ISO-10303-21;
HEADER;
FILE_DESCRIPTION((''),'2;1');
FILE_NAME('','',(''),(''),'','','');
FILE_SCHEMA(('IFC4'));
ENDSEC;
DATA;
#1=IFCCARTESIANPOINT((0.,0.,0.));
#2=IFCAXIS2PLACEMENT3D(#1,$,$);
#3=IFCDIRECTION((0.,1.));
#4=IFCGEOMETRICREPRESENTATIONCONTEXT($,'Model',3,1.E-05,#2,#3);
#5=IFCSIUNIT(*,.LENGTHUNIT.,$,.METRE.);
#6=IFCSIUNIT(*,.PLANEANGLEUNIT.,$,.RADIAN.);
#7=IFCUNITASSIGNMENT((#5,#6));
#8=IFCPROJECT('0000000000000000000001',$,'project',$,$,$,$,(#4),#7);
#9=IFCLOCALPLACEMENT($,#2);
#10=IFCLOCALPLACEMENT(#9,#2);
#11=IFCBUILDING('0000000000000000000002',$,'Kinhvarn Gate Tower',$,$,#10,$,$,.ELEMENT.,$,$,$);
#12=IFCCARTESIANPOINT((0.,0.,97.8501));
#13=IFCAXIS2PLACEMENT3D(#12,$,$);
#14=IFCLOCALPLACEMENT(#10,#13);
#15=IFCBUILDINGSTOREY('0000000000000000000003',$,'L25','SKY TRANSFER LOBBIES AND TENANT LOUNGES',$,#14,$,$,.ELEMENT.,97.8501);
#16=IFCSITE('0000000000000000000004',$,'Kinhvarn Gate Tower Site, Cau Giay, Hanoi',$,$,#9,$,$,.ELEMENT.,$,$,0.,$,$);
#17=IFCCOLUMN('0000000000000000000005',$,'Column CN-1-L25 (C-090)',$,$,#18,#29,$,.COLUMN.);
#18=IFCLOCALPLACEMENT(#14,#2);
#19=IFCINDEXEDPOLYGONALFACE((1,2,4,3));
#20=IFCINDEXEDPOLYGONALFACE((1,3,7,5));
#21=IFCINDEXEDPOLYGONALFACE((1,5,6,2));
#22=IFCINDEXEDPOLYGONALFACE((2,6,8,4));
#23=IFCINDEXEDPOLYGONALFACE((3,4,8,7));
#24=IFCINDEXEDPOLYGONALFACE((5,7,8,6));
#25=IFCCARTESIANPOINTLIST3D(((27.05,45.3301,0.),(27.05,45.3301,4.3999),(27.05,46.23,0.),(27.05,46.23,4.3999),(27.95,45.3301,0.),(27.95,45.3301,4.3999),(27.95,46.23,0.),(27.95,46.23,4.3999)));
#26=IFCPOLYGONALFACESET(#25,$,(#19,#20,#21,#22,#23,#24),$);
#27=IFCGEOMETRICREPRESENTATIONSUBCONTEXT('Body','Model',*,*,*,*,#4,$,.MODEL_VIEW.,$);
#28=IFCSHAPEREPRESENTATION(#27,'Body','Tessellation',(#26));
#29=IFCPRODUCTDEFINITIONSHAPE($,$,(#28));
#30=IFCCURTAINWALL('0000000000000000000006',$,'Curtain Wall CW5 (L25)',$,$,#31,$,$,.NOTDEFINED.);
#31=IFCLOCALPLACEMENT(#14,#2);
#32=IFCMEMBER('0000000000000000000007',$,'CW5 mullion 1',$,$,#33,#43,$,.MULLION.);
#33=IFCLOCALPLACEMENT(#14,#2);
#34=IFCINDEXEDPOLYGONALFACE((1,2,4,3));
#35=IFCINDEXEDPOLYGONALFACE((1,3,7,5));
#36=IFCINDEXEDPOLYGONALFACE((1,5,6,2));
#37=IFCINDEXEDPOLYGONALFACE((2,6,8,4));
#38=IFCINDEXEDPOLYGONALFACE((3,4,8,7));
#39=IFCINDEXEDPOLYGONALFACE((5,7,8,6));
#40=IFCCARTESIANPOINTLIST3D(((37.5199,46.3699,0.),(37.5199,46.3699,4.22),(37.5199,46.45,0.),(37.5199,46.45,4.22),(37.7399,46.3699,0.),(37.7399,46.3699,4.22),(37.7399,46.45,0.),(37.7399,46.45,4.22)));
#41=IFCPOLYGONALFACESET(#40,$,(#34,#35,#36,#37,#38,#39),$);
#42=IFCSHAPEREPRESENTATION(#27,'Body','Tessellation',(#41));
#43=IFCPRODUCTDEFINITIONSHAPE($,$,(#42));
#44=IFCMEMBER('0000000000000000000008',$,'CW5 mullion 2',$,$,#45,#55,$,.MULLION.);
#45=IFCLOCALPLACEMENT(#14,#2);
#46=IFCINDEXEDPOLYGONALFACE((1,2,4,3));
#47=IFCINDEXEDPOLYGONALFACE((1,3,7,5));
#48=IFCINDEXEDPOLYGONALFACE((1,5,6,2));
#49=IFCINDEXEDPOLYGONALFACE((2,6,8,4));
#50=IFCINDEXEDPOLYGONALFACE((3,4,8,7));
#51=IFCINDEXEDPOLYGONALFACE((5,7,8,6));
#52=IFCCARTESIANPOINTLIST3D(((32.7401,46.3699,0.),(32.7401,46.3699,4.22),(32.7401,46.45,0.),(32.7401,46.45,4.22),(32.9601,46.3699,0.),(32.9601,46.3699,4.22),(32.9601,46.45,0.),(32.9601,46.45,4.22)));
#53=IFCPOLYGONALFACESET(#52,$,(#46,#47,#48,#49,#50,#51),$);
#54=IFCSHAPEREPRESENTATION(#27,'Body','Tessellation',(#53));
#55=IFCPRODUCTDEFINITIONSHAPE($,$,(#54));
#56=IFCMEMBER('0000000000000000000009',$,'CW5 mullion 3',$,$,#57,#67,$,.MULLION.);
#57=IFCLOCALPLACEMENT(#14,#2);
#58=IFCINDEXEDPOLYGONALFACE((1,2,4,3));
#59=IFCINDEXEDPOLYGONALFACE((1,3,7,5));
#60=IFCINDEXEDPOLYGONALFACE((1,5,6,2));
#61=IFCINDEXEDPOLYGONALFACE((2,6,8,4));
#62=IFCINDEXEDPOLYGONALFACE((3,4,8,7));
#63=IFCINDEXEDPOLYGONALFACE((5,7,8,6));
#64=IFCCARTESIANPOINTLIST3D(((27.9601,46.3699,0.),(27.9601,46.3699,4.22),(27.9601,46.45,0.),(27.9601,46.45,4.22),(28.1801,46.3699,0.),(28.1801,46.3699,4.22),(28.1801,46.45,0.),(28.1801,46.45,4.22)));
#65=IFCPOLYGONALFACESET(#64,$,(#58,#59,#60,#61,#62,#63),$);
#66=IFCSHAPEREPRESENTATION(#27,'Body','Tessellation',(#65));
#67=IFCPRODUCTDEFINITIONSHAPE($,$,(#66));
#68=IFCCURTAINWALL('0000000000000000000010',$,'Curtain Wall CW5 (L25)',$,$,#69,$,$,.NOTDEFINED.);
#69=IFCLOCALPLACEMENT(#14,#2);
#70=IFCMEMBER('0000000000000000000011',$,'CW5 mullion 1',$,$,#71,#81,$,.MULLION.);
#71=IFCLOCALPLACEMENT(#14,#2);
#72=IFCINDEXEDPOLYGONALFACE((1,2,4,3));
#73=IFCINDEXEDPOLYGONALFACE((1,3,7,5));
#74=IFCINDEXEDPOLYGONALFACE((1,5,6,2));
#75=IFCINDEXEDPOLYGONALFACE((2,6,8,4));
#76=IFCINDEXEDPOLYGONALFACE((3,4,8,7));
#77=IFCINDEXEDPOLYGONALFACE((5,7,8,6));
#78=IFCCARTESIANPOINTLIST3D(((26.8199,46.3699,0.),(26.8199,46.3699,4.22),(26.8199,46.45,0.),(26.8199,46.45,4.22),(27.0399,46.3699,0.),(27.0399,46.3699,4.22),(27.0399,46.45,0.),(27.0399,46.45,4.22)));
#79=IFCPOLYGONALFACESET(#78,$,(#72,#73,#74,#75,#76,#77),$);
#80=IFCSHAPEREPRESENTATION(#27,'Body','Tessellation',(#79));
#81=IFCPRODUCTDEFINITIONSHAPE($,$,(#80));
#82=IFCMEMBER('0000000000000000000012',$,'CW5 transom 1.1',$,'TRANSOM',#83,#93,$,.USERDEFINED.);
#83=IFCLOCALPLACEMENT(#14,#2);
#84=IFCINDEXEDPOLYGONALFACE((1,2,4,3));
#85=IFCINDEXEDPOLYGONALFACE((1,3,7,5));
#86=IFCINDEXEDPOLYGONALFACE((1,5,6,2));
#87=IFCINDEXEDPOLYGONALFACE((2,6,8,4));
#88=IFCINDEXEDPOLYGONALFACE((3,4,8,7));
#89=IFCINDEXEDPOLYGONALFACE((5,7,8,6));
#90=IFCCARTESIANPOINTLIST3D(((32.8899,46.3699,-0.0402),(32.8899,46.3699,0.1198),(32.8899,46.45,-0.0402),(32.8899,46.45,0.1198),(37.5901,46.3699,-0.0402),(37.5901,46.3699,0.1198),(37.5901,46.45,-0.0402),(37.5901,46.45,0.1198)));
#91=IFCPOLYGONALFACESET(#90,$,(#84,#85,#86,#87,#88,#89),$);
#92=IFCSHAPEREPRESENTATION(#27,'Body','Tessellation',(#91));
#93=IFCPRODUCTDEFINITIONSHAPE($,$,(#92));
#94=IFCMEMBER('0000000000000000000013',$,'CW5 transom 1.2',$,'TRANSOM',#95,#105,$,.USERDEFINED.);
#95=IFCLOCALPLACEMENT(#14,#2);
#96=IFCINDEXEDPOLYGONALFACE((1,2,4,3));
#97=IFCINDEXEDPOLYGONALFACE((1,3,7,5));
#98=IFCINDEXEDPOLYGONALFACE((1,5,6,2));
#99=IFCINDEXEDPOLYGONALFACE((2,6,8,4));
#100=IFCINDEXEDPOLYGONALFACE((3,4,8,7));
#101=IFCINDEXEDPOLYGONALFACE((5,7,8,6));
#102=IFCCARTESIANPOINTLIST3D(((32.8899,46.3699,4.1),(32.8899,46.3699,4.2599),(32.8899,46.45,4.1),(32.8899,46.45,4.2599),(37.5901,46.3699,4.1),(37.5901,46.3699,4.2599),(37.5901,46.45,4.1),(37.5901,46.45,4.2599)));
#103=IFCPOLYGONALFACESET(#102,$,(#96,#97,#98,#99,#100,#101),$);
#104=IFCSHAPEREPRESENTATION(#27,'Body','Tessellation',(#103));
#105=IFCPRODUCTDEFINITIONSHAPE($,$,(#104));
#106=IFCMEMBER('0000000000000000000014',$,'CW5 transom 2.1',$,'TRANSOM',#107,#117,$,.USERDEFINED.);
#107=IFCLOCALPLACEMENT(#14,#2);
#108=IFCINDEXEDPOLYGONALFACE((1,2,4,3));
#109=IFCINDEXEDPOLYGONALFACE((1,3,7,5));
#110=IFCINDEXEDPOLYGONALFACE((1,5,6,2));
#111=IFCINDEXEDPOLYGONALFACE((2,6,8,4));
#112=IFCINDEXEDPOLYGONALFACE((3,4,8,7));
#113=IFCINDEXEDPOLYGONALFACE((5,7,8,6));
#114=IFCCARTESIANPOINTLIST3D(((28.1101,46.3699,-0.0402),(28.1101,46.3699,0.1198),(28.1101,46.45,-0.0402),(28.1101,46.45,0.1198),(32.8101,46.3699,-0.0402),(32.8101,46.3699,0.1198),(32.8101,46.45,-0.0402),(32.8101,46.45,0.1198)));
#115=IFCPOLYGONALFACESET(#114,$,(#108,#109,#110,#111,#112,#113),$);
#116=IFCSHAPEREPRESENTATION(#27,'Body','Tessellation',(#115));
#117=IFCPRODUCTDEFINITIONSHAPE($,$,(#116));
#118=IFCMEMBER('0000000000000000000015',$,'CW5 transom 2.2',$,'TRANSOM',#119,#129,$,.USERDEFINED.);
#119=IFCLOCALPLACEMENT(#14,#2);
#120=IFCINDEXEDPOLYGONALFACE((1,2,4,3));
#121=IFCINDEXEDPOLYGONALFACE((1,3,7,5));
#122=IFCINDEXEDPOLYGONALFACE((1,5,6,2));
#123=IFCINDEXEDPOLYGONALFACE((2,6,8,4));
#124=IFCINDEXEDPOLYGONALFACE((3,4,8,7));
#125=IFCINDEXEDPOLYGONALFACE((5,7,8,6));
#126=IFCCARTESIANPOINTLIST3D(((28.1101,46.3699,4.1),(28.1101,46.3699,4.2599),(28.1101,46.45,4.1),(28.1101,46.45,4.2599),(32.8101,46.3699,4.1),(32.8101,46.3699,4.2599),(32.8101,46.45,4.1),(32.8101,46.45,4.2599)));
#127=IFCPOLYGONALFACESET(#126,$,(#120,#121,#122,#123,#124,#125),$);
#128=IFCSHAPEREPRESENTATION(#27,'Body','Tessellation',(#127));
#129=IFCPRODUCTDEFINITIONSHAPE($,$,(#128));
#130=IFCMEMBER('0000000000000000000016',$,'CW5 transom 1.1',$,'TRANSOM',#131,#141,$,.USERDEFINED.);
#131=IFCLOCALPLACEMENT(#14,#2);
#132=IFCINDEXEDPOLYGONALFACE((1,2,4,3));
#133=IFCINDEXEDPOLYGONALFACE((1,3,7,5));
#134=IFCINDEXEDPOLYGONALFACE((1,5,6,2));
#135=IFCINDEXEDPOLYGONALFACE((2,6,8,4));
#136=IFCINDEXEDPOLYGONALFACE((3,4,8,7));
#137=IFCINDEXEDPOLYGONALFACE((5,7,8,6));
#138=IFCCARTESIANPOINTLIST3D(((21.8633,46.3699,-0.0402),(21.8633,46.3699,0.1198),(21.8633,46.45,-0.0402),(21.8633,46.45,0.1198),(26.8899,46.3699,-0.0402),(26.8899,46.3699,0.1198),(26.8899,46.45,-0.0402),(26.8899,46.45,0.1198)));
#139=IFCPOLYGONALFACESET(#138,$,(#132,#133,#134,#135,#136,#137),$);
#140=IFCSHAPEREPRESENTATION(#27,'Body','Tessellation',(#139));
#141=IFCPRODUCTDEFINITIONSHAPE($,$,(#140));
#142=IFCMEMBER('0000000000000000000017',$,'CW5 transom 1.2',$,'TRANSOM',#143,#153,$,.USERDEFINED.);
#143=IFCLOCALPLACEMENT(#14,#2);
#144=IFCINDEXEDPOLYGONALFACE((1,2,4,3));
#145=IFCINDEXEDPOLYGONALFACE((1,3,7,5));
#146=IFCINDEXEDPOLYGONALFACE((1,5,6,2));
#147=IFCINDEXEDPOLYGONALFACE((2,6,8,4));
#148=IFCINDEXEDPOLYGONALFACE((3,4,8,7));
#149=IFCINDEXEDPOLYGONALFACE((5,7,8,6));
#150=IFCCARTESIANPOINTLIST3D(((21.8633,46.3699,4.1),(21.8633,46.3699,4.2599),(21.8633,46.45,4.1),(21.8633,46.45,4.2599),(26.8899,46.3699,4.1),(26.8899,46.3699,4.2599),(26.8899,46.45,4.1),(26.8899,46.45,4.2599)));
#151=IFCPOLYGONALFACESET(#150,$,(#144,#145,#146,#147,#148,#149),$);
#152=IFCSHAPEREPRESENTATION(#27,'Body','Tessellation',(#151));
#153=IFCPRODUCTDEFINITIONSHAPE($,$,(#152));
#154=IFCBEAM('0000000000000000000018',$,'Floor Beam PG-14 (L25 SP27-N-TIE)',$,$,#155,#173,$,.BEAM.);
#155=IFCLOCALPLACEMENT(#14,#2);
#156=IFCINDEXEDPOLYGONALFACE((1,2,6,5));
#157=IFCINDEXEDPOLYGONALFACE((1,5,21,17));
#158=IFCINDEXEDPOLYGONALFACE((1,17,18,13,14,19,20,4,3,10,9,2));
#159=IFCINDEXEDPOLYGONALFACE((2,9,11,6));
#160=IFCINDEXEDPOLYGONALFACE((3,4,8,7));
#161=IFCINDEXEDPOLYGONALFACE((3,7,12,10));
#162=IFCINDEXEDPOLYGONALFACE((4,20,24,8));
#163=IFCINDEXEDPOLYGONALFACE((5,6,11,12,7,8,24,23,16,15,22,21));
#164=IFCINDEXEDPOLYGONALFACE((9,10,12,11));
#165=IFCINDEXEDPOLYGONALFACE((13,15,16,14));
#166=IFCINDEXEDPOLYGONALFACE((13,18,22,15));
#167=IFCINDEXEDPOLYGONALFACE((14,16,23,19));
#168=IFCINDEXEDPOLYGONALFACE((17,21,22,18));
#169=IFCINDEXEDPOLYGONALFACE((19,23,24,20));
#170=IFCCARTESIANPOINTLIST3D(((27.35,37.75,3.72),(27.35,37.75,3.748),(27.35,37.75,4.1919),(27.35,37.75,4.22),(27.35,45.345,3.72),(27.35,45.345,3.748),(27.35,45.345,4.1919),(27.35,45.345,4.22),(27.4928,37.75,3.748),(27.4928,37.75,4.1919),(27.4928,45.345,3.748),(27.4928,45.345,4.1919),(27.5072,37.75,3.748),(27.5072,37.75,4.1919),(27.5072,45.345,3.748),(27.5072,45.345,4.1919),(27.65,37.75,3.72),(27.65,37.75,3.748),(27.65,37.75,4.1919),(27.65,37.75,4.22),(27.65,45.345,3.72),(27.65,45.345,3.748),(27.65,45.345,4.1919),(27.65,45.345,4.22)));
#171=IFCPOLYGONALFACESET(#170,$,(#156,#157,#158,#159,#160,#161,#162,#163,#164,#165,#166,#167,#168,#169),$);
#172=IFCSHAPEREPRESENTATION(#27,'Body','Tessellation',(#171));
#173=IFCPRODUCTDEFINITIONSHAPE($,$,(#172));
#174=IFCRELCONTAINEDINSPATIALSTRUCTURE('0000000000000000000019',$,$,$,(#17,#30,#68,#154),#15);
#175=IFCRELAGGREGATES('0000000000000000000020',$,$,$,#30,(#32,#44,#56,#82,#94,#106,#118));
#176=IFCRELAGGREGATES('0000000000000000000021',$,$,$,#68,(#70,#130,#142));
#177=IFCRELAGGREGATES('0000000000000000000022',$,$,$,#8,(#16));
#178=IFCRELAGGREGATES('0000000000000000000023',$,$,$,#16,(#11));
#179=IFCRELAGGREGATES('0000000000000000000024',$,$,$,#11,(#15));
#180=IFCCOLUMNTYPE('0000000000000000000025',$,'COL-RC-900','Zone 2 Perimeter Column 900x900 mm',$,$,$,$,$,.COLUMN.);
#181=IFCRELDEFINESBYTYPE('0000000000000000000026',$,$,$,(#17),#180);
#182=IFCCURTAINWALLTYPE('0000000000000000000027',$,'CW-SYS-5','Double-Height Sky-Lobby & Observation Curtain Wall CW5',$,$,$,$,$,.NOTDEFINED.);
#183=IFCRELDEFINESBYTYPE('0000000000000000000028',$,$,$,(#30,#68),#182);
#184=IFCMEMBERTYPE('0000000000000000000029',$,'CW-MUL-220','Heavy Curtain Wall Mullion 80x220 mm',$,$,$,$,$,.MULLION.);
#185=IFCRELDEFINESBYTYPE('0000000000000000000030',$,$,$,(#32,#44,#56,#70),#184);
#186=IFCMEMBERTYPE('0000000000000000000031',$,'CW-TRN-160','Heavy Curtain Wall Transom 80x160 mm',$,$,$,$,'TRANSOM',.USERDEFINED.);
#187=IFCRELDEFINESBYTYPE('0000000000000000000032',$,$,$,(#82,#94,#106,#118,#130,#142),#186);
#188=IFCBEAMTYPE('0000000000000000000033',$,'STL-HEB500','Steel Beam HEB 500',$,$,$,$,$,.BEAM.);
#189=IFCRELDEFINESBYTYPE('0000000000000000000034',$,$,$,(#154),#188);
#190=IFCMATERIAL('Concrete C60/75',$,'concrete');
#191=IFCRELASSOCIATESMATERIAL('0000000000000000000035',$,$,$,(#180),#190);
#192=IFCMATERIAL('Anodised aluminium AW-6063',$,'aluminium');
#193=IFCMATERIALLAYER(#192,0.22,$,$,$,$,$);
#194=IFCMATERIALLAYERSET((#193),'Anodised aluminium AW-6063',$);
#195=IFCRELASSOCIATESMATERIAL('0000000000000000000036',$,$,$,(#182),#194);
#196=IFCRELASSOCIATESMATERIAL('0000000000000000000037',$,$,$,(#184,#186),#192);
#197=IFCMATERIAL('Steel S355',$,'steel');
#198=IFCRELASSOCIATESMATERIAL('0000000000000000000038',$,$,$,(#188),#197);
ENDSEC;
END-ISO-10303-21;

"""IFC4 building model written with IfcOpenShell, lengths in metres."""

from ifc_helpers import new_model, si_unit, direction, frame, origin, origin_2d, place, context, subcontext, project, spatial, rectangle, i_section, extrude, material, layer, layer_set, material_profile, profile_set, type_object, element, aggregate, save


model = new_model("IFC4")

# Units and contexts
model_context = context("Model", 3, precision=1e-05, world=origin(), true_north=direction((0.0, 1.0)))
body_context = subcontext(model_context, "Body", "Model", "MODEL_VIEW")
ifc_project = project(units=[si_unit("LENGTHUNIT", "METRE"), si_unit("PLANEANGLEUNIT", "RADIAN")], contexts=[model_context])

# Site, building, storey
site_placement = place(None, origin())
site = spatial("IfcSite", under=ifc_project, at=site_placement, Name="Kinhvarn Gate Tower Site, Cau Giay, Hanoi", CompositionType="ELEMENT", RefElevation=0.0)
building_placement = place(site_placement, origin())
building = spatial("IfcBuilding", under=site, at=building_placement, Name="Kinhvarn Gate Tower", CompositionType="ELEMENT")
storey_placement = place(building_placement, frame((0.0, 0.0, 97.8501)))
storey = spatial("IfcBuildingStorey", under=building, at=storey_placement, Name="L25", Description="SKY TRANSFER LOBBIES AND TENANT LOUNGES", CompositionType="ELEMENT", Elevation=97.8501)

# Column
ifc_material_1 = material(Name="Concrete C60/75", Category="concrete")
ifc_material_profile_1 = material_profile(ifc_material_1, rectangle(XDim=0.8999, YDim=0.8999, at=origin_2d()), Name="RC 900x900")
ifc_profile_set_1 = profile_set([ifc_material_profile_1], Name="Concrete C60/75")
column_type = type_object("IfcColumnType", Name="COL-RC-900", Description="Zone 2 Perimeter Column 900x900 mm", PredefinedType="COLUMN", material=ifc_profile_set_1)
column_placement = place(storey_placement, frame((27.5, 45.78, 0.0), z_axis=(0.0, 0.0, 1.0), x_axis=(1.0, 0.0, 0.0)))
element("IfcColumn", 1, at=column_placement, inside=storey, type_object=column_type, Name="Column CN-1-L25 (C-090)", PredefinedType="COLUMN", context=body_context, shape_type="SweptSolid", body=[
    extrude(rectangle(XDim=0.8999, YDim=0.8999, at=origin_2d()), origin(), (0.0, 0.0, 1.0), 4.3999),
])

# Curtain wall, members
ifc_material_2 = material(Name="Anodised aluminium AW-6063", Category="aluminium")
ifc_layer_1 = layer(ifc_material_2, 0.22)
ifc_layer_set_1 = layer_set([ifc_layer_1], Name="Anodised aluminium AW-6063")
curtain_wall_type = type_object("IfcCurtainWallType", Name="CW-SYS-5", Description="Double-Height Sky-Lobby & Observation Curtain Wall CW5", PredefinedType="NOTDEFINED", material=ifc_layer_set_1)
curtain_wall_1_placement = place(storey_placement, origin())
curtain_wall_1 = element("IfcCurtainWall", 2, at=curtain_wall_1_placement, inside=storey, type_object=curtain_wall_type, Name="Curtain Wall CW5 (L25)", PredefinedType="NOTDEFINED")
ifc_material_profile_2 = material_profile(ifc_material_2, rectangle(XDim=0.0801, YDim=0.22, at=origin_2d()), Name="ALU 80x220")
ifc_profile_set_2 = profile_set([ifc_material_profile_2], Name="Anodised aluminium AW-6063")
member_type_1 = type_object("IfcMemberType", Name="CW-MUL-220", Description="Heavy Curtain Wall Mullion 80x220 mm", PredefinedType="MULLION", material=ifc_profile_set_2)
member_1_placement = place(storey_placement, frame((37.6299, 46.4099, 0.0), z_axis=(0.0, 0.0, 1.0), x_axis=(0.0, -1.0, 0.0)))
member_1 = element("IfcMember", 3, at=member_1_placement, type_object=member_type_1, Name="CW5 mullion 1", PredefinedType="MULLION", context=body_context, shape_type="SweptSolid", body=[
    extrude(rectangle(XDim=0.0801, YDim=0.22, at=origin_2d()), origin(), (0.0, 0.0, 1.0), 4.22),
])
member_2_placement = place(storey_placement, frame((32.8501, 46.4099, 0.0), z_axis=(0.0, 0.0, 1.0), x_axis=(0.0, -1.0, 0.0)))
member_2 = element("IfcMember", 4, at=member_2_placement, type_object=member_type_1, Name="CW5 mullion 2", PredefinedType="MULLION", context=body_context, shape_type="SweptSolid", body=[
    extrude(rectangle(XDim=0.0801, YDim=0.22, at=origin_2d()), origin(), (0.0, 0.0, 1.0), 4.22),
])
member_3_placement = place(storey_placement, frame((28.0701, 46.4099, 0.0), z_axis=(0.0, 0.0, 1.0), x_axis=(0.0, -1.0, 0.0)))
member_3 = element("IfcMember", 5, at=member_3_placement, type_object=member_type_1, Name="CW5 mullion 3", PredefinedType="MULLION", context=body_context, shape_type="SweptSolid", body=[
    extrude(rectangle(XDim=0.0801, YDim=0.22, at=origin_2d()), origin(), (0.0, 0.0, 1.0), 4.22),
])

# Curtain wall, member
curtain_wall_2_placement = place(storey_placement, origin())
curtain_wall_2 = element("IfcCurtainWall", 6, at=curtain_wall_2_placement, inside=storey, type_object=curtain_wall_type, Name="Curtain Wall CW5 (L25)", PredefinedType="NOTDEFINED")
member_4_placement = place(storey_placement, frame((26.9299, 46.4099, 0.0), z_axis=(0.0, 0.0, 1.0), x_axis=(0.0, -1.0, 0.0)))
member_4 = element("IfcMember", 7, at=member_4_placement, type_object=member_type_1, Name="CW5 mullion 1", PredefinedType="MULLION", context=body_context, shape_type="SweptSolid", body=[
    extrude(rectangle(XDim=0.0801, YDim=0.22, at=origin_2d()), origin(), (0.0, 0.0, 1.0), 4.22),
])

# Members
ifc_material_profile_3 = material_profile(ifc_material_2, rectangle(XDim=0.0801, YDim=0.1599, at=origin_2d()), Name="ALU 80x160")
ifc_profile_set_3 = profile_set([ifc_material_profile_3], Name="Anodised aluminium AW-6063")
member_type_2 = type_object("IfcMemberType", Name="CW-TRN-160", Description="Heavy Curtain Wall Transom 80x160 mm", ElementType="TRANSOM", PredefinedType="USERDEFINED", material=ifc_profile_set_3)
member_5_placement = place(storey_placement, frame((37.5901, 46.4099, 0.0398), z_axis=(-1.0, 0.0, 0.0), x_axis=(0.0, -1.0, 0.0)))
member_5 = element("IfcMember", 8, at=member_5_placement, type_object=member_type_2, Name="CW5 transom 1.1", ObjectType="TRANSOM", PredefinedType="USERDEFINED", context=body_context, shape_type="SweptSolid", body=[
    extrude(rectangle(XDim=0.0801, YDim=0.1599, at=origin_2d()), origin(), (0.0, 0.0, 1.0), 4.7002),
])
member_6_placement = place(storey_placement, frame((37.5901, 46.4099, 4.1799), z_axis=(-1.0, 0.0, 0.0), x_axis=(0.0, -1.0, 0.0)))
member_6 = element("IfcMember", 9, at=member_6_placement, type_object=member_type_2, Name="CW5 transom 1.2", ObjectType="TRANSOM", PredefinedType="USERDEFINED", context=body_context, shape_type="SweptSolid", body=[
    extrude(rectangle(XDim=0.0801, YDim=0.1599, at=origin_2d()), origin(), (0.0, 0.0, 1.0), 4.7002),
])
member_7_placement = place(storey_placement, frame((32.8101, 46.4099, 0.0398), z_axis=(-1.0, 0.0, 0.0), x_axis=(0.0, -1.0, 0.0)))
member_7 = element("IfcMember", 10, at=member_7_placement, type_object=member_type_2, Name="CW5 transom 2.1", ObjectType="TRANSOM", PredefinedType="USERDEFINED", context=body_context, shape_type="SweptSolid", body=[
    extrude(rectangle(XDim=0.0801, YDim=0.1599, at=origin_2d()), origin(), (0.0, 0.0, 1.0), 4.7),
])
member_8_placement = place(storey_placement, frame((32.8101, 46.4099, 4.1799), z_axis=(-1.0, 0.0, 0.0), x_axis=(0.0, -1.0, 0.0)))
member_8 = element("IfcMember", 11, at=member_8_placement, type_object=member_type_2, Name="CW5 transom 2.2", ObjectType="TRANSOM", PredefinedType="USERDEFINED", context=body_context, shape_type="SweptSolid", body=[
    extrude(rectangle(XDim=0.0801, YDim=0.1599, at=origin_2d()), origin(), (0.0, 0.0, 1.0), 4.7),
])
member_9_placement = place(storey_placement, frame((26.8899, 46.4099, 0.0398), z_axis=(-1.0, 0.0, 0.0), x_axis=(0.0, -1.0, 0.0)))
member_9 = element("IfcMember", 12, at=member_9_placement, type_object=member_type_2, Name="CW5 transom 1.1", ObjectType="TRANSOM", PredefinedType="USERDEFINED", context=body_context, shape_type="SweptSolid", body=[
    extrude(rectangle(XDim=0.0801, YDim=0.1599, at=origin_2d()), origin(), (0.0, 0.0, 1.0), 5.0266),
])
member_10_placement = place(storey_placement, frame((26.8899, 46.4099, 4.1799), z_axis=(-1.0, 0.0, 0.0), x_axis=(0.0, -1.0, 0.0)))
member_10 = element("IfcMember", 13, at=member_10_placement, type_object=member_type_2, Name="CW5 transom 1.2", ObjectType="TRANSOM", PredefinedType="USERDEFINED", context=body_context, shape_type="SweptSolid", body=[
    extrude(rectangle(XDim=0.0801, YDim=0.1599, at=origin_2d()), origin(), (0.0, 0.0, 1.0), 5.0266),
])

# Beam
ifc_material_3 = material(Name="Steel S355", Category="steel")
ifc_material_profile_4 = material_profile(ifc_material_3, i_section(OverallWidth=0.3, OverallDepth=0.5, WebThickness=0.0144, FlangeThickness=0.0281, at=origin_2d()), Name="HEB 500")
ifc_profile_set_4 = profile_set([ifc_material_profile_4], Name="Steel S355")
beam_type_1 = type_object("IfcBeamType", Name="STL-HEB500", Description="Steel Beam HEB 500", PredefinedType="BEAM", material=ifc_profile_set_4)
beam_1_placement = place(storey_placement, frame((27.5, 37.75, 3.97), z_axis=(0.0, 1.0, 0.0), x_axis=(-1.0, 0.0, 0.0)))
element("IfcBeam", 14, at=beam_1_placement, inside=storey, type_object=beam_type_1, Name="Floor Beam PG-14 (L25 SP27-N-TIE)", PredefinedType="BEAM", context=body_context, shape_type="SweptSolid", body=[
    extrude(i_section(OverallWidth=0.3, OverallDepth=0.5, WebThickness=0.0144, FlangeThickness=0.0281, at=origin_2d()), origin(), (0.0, 0.0, 1.0), 7.595),
])

aggregate(curtain_wall_1, [member_1, member_2, member_3, member_5, member_6, member_7, member_8])
aggregate(curtain_wall_2, [member_4, member_9, member_10])

save(model, "model.ifc")
